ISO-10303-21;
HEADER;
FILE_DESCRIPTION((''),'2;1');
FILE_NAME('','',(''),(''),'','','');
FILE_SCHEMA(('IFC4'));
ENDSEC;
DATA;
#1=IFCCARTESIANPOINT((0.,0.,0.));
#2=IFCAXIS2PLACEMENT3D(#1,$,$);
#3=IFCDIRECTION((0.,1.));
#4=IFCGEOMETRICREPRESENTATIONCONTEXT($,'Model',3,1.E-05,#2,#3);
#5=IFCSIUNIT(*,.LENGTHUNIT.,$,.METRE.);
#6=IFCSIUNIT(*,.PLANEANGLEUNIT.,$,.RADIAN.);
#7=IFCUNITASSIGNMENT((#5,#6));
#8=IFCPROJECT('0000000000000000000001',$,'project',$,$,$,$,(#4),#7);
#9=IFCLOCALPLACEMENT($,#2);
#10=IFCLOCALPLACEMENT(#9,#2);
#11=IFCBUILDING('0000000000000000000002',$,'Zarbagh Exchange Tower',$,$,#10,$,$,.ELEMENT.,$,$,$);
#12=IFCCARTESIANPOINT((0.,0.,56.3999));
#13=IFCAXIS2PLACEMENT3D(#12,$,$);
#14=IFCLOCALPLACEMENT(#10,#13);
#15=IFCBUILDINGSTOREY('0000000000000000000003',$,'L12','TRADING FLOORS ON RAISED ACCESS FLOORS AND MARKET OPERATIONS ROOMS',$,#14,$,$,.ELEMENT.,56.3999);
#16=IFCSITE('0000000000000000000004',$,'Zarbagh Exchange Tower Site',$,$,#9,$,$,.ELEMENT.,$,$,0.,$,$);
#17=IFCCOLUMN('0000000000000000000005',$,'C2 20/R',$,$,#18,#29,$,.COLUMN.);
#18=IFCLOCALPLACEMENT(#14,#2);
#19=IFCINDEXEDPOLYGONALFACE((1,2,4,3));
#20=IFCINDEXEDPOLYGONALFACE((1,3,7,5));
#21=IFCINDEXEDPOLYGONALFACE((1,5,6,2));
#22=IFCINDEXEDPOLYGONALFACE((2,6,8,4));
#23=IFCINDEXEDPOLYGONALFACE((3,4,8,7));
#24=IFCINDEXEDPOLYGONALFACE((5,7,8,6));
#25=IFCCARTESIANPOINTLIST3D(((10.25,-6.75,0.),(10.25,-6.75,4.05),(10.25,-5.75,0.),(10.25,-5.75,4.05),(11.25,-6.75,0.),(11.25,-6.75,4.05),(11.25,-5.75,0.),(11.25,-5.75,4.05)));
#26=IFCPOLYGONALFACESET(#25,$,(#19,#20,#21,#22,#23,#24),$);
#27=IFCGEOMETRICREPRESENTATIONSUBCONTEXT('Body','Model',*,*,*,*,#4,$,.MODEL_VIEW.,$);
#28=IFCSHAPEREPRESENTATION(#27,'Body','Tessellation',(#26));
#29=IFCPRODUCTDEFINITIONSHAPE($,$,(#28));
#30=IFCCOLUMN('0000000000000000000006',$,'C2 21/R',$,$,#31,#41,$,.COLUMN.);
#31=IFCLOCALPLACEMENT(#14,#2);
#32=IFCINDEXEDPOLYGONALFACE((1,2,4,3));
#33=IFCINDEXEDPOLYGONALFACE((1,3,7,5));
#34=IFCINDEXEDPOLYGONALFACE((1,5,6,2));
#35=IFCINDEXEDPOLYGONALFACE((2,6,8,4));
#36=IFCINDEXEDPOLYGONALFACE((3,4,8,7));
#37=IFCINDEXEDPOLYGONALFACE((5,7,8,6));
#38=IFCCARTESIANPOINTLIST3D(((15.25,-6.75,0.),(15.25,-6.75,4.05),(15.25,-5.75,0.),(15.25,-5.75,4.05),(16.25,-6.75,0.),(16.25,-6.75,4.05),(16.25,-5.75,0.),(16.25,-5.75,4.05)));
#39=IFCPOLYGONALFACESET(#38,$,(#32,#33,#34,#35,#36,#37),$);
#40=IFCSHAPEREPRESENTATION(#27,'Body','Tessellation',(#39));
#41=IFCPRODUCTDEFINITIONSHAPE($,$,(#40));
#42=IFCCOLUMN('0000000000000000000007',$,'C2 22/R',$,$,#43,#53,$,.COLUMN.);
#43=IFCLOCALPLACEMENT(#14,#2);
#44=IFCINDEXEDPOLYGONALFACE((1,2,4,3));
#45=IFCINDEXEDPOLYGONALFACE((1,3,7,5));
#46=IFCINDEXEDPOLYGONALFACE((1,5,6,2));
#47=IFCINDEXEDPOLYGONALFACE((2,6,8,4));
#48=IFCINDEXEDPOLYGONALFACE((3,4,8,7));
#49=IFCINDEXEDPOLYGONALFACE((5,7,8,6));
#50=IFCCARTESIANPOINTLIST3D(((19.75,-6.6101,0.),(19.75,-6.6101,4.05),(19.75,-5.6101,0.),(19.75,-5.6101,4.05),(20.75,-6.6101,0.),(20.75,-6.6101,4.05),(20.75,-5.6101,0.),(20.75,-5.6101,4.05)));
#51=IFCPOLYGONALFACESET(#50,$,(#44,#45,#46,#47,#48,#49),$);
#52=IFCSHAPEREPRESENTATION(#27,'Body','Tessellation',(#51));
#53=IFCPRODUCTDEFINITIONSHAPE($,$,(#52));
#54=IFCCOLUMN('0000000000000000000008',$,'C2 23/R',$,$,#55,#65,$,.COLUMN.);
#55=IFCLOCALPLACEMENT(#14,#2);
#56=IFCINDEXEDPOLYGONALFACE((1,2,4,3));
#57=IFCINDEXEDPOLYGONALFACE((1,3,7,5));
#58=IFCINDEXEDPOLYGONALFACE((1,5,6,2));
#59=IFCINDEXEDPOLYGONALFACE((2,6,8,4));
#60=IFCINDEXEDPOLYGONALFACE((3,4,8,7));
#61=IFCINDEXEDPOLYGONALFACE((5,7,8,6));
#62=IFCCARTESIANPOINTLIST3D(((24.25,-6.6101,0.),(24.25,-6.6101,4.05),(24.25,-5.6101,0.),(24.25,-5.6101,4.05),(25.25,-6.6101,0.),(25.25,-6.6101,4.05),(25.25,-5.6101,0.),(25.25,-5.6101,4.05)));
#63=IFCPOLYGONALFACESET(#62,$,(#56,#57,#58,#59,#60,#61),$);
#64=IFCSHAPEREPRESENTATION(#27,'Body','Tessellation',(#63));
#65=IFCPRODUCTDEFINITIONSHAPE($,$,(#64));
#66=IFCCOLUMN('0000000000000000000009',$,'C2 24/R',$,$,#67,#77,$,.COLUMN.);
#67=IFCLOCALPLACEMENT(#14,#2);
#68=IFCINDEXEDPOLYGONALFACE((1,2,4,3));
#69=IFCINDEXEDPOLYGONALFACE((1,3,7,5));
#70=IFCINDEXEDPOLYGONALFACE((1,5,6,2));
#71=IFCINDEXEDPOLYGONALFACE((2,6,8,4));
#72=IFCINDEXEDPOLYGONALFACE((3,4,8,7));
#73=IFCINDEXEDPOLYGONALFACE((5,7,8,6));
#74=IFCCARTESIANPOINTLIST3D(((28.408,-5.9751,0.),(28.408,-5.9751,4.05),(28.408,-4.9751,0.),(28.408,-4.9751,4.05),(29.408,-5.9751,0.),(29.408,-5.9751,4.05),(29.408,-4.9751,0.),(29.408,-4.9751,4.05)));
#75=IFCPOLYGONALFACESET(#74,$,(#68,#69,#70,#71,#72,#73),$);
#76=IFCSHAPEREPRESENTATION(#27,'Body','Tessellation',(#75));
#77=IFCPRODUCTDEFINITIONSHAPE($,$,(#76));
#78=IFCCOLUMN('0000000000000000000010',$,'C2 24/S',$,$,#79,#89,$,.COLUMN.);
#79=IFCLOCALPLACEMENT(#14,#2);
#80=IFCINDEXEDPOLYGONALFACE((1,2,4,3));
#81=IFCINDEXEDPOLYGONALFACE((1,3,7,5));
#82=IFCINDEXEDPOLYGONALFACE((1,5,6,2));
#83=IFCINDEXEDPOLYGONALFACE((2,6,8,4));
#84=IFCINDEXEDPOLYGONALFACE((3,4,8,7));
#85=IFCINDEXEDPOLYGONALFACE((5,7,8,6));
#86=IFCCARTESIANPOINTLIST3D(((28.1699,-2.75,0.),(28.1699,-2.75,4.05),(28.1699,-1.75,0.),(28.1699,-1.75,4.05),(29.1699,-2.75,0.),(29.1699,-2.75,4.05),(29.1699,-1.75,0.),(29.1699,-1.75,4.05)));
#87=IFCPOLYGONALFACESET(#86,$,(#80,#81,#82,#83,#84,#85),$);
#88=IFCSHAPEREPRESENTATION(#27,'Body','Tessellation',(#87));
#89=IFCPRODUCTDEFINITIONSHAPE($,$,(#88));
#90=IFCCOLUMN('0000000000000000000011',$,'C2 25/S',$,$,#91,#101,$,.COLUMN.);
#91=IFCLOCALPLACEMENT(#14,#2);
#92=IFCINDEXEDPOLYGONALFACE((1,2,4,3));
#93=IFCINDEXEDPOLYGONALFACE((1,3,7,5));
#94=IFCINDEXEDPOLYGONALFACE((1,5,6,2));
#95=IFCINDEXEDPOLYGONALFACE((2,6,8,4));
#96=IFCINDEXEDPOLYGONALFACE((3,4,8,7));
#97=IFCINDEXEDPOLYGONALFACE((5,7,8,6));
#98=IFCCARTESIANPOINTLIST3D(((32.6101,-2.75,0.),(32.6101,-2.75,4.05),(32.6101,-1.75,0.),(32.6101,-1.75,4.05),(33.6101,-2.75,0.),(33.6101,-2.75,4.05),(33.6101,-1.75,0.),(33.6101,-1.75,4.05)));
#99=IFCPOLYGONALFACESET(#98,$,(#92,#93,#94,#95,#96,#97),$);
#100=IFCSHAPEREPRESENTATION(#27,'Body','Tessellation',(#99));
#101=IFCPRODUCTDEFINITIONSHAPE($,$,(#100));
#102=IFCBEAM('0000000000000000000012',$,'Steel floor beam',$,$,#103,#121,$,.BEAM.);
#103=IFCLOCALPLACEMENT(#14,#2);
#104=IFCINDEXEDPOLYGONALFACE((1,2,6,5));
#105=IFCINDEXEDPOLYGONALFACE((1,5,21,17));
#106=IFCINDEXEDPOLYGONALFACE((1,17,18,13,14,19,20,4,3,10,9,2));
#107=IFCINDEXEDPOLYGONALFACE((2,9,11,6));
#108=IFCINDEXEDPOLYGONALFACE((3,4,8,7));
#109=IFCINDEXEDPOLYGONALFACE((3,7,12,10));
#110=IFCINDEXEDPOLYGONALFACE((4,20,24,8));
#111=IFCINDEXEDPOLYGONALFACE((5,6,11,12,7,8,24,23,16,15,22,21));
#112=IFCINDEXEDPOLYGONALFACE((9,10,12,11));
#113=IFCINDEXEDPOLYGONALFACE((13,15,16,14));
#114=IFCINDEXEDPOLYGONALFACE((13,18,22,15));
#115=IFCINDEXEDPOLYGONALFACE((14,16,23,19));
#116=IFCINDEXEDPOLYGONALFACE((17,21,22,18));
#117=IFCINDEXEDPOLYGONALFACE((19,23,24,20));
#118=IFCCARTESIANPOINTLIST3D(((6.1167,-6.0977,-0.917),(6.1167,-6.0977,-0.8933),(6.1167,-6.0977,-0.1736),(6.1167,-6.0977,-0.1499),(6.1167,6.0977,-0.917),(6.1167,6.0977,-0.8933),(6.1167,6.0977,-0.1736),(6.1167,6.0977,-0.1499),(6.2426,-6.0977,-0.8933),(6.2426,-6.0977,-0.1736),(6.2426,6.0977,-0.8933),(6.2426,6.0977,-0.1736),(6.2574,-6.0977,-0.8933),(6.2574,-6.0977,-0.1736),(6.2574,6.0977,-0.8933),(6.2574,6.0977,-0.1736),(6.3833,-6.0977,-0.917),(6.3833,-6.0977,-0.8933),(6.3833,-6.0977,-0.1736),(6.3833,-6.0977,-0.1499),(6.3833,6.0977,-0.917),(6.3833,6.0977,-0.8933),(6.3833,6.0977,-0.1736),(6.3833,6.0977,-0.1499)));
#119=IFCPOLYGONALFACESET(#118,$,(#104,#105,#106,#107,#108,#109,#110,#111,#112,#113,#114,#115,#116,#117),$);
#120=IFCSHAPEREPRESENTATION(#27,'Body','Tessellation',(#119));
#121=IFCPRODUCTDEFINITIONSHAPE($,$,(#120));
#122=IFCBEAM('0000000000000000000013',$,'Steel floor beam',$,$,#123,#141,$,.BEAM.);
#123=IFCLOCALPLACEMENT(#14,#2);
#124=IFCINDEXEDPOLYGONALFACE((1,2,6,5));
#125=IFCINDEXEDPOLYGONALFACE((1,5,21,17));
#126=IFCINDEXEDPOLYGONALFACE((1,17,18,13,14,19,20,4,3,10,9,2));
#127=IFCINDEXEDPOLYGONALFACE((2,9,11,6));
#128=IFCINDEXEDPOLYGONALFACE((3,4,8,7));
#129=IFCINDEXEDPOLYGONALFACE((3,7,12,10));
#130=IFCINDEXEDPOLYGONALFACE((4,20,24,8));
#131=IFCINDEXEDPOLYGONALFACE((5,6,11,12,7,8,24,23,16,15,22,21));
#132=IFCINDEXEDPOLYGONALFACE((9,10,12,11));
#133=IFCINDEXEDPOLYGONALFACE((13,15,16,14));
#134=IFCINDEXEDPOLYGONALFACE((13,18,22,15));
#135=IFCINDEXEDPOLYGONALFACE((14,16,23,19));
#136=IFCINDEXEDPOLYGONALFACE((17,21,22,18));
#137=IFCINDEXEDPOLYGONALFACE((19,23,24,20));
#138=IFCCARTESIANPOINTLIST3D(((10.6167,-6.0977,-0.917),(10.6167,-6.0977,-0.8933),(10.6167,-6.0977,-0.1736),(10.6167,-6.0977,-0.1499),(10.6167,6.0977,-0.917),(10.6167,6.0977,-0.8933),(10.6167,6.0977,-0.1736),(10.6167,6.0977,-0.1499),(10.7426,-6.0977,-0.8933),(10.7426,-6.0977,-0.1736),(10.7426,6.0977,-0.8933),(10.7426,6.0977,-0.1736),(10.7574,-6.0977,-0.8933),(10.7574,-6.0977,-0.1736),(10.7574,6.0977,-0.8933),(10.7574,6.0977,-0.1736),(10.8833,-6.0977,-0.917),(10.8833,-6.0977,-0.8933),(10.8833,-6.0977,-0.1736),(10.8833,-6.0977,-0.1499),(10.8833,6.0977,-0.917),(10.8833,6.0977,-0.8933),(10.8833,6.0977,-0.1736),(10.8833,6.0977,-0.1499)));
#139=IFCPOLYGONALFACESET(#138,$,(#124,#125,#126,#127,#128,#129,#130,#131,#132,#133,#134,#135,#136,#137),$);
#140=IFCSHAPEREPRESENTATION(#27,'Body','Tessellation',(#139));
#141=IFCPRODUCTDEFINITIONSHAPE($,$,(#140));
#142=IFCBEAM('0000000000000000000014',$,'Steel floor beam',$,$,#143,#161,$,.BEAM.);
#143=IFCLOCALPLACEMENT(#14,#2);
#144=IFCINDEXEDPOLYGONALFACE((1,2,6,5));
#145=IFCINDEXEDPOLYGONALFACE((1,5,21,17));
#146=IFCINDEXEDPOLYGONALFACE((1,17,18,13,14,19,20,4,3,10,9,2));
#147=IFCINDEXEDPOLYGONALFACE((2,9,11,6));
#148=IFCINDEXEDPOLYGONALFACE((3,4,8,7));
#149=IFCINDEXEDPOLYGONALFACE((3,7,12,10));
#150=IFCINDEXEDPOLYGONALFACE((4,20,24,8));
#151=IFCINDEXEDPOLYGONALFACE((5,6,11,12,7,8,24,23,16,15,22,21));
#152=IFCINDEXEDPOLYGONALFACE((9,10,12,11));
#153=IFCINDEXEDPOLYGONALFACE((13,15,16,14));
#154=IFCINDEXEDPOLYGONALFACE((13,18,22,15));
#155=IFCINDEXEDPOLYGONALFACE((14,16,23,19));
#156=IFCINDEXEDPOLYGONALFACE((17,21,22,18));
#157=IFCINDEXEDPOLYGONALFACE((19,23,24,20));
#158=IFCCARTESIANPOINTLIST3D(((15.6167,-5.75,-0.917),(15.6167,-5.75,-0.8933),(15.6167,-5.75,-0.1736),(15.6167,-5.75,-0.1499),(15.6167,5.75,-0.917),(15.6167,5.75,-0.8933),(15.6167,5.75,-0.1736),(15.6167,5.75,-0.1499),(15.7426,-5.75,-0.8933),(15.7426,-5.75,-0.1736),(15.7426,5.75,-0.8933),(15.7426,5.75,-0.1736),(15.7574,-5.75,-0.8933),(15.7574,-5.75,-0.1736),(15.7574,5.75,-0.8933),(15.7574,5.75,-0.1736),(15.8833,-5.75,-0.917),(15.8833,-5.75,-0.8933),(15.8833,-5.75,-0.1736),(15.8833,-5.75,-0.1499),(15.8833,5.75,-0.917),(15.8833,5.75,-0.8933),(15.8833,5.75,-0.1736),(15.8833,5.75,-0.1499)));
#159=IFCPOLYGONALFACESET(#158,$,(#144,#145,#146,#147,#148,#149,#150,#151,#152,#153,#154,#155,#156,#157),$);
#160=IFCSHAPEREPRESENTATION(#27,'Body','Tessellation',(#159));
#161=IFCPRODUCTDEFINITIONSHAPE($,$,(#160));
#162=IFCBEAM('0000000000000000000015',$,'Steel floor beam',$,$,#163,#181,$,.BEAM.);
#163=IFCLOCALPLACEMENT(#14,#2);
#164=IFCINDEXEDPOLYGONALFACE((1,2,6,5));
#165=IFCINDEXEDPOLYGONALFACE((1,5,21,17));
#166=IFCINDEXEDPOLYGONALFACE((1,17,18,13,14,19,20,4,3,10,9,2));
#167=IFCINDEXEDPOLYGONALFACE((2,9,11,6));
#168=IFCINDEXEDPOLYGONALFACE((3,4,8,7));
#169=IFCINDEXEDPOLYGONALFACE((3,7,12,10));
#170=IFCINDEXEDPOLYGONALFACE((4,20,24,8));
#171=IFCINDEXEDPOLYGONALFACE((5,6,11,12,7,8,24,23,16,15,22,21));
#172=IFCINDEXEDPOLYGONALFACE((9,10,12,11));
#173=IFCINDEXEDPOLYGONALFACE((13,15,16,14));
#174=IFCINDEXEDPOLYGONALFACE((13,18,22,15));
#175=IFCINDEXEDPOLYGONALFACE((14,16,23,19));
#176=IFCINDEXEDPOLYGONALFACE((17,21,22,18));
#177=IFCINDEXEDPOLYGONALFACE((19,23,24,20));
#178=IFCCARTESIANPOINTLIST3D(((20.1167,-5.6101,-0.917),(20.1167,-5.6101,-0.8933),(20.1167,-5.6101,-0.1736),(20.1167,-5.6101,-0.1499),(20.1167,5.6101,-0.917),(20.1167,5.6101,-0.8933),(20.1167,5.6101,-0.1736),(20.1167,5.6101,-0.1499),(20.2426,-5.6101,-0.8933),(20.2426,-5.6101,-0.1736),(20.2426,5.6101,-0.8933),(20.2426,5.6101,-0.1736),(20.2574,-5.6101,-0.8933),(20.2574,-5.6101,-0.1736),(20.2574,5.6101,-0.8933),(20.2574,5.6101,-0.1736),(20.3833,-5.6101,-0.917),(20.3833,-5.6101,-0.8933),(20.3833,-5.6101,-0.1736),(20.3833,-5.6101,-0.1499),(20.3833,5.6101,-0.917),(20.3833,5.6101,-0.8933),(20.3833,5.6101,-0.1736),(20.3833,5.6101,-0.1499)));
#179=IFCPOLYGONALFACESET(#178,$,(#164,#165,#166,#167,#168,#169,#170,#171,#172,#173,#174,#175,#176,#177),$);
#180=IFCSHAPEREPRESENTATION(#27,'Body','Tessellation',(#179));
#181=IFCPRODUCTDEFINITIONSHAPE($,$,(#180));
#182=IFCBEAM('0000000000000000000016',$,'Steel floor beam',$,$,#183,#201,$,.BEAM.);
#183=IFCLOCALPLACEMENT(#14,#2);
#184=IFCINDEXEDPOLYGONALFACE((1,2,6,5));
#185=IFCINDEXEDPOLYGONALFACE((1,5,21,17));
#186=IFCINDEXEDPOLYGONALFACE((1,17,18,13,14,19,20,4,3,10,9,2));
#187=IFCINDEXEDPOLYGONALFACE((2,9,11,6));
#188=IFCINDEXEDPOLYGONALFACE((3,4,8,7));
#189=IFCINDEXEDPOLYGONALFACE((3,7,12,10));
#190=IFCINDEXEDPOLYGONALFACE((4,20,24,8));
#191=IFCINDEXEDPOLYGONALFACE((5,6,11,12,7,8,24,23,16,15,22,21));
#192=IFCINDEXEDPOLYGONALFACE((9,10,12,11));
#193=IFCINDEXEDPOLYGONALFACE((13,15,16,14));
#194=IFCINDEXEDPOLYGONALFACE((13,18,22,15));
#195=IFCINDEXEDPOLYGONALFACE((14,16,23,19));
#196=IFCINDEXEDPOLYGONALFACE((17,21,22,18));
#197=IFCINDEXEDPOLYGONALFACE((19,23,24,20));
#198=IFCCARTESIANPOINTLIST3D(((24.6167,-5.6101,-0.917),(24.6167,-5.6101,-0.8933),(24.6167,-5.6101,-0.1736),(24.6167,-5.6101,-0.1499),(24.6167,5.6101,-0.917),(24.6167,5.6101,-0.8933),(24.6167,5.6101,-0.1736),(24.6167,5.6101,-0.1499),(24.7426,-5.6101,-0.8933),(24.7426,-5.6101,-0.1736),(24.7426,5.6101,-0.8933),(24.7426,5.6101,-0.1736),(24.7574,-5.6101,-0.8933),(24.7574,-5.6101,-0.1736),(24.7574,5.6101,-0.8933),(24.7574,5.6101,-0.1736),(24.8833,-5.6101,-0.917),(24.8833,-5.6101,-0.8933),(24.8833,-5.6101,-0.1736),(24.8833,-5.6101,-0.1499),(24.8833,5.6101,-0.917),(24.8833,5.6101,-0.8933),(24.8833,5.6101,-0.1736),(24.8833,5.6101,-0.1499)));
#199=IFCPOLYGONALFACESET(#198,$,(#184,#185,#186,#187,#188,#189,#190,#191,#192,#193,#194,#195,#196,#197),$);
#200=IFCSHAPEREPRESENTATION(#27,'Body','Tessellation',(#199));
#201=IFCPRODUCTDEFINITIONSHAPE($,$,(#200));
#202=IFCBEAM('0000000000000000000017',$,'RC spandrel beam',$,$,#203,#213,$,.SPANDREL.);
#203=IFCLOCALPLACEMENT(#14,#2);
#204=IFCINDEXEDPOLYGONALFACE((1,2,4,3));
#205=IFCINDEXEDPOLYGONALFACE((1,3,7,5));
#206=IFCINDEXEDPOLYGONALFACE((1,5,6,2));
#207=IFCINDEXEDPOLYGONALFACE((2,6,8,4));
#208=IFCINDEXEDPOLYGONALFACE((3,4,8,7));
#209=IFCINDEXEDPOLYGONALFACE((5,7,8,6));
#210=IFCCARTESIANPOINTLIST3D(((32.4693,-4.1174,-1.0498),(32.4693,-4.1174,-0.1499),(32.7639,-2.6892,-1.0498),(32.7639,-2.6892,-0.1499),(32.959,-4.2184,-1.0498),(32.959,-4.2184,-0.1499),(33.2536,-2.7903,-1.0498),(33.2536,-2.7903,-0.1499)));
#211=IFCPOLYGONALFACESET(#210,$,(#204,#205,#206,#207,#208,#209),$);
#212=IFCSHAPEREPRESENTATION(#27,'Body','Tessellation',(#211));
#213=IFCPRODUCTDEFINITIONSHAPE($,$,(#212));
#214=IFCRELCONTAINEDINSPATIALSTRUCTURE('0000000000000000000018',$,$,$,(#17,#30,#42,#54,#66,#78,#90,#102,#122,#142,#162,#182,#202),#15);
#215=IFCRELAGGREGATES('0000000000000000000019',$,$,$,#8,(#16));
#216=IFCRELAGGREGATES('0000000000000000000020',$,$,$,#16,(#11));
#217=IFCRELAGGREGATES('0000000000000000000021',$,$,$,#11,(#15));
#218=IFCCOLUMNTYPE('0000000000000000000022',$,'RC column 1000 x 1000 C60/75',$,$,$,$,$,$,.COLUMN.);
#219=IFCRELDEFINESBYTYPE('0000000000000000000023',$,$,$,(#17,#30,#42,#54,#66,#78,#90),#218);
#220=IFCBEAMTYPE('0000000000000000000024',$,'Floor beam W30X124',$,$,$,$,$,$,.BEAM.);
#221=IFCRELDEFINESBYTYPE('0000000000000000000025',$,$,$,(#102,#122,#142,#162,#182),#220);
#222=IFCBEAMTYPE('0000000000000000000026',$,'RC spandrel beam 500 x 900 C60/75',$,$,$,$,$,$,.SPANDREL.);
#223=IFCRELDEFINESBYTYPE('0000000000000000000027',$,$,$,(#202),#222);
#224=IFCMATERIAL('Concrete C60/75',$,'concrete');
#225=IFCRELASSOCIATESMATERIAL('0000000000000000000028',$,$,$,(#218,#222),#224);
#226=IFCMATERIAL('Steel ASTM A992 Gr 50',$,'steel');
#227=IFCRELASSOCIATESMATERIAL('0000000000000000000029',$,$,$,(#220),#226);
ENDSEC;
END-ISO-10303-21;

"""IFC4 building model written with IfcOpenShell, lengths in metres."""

from ifc_helpers import new_model, si_unit, direction, frame, origin, origin_2d, place, context, subcontext, project, spatial, rectangle, i_section, extrude, material, material_profile, profile_set, type_object, element, save


model = new_model("IFC4")

# Units and contexts
model_context = context("Model", 3, precision=1e-05, world=origin(), true_north=direction((0.0, 1.0)))
body_context = subcontext(model_context, "Body", "Model", "MODEL_VIEW")
ifc_project = project(units=[si_unit("LENGTHUNIT", "METRE"), si_unit("PLANEANGLEUNIT", "RADIAN")], contexts=[model_context])

# Site, building, storey
site_placement = place(None, origin())
site = spatial("IfcSite", under=ifc_project, at=site_placement, Name="Zarbagh Exchange Tower Site", CompositionType="ELEMENT", RefElevation=0.0)
building_placement = place(site_placement, origin())
building = spatial("IfcBuilding", under=site, at=building_placement, Name="Zarbagh Exchange Tower", CompositionType="ELEMENT")
storey_placement = place(building_placement, frame((0.0, 0.0, 56.3999)))
storey = spatial("IfcBuildingStorey", under=building, at=storey_placement, Name="L12", Description="TRADING FLOORS ON RAISED ACCESS FLOORS AND MARKET OPERATIONS ROOMS", CompositionType="ELEMENT", Elevation=56.3999)

# Columns
ifc_material_1 = material(Name="Concrete C60/75", Category="concrete")
ifc_material_profile_1 = material_profile(ifc_material_1, rectangle(XDim=1.0, YDim=1.0, at=origin_2d()), Name="RC column 1000 x 1000 C60/75")
ifc_profile_set_1 = profile_set([ifc_material_profile_1], Name="Concrete C60/75")
column_type = type_object("IfcColumnType", Name="RC column 1000 x 1000 C60/75", PredefinedType="COLUMN", material=ifc_profile_set_1)
for number, where, z_axis, x_axis, name in (
    (1, (10.75, -6.25, 0.0), (0.0, 0.0, 1.0), (1.0, 0.0, 0.0), "C2 20/R"),
    (2, (15.75, -6.25, 0.0), (0.0, 0.0, 1.0), (1.0, 0.0, 0.0), "C2 21/R"),
    (3, (20.25, -6.1101, 0.0), (0.0, 0.0, 1.0), (1.0, 0.0, 0.0), "C2 22/R"),
    (4, (24.75, -6.1101, 0.0), (0.0, 0.0, 1.0), (1.0, 0.0, 0.0), "C2 23/R"),
    (5, (28.908, -5.4751, 0.0), (0.0, 0.0, 1.0), (1.0, 0.0, 0.0), "C2 24/R"),
    (6, (28.6699, -2.25, 0.0), (0.0, 0.0, 1.0), (1.0, 0.0, 0.0), "C2 24/S"),
    (7, (33.1101, -2.25, 0.0), (0.0, 0.0, 1.0), (1.0, 0.0, 0.0), "C2 25/S"),
):
    element("IfcColumn", number, at=place(storey_placement, frame(where, z_axis=z_axis, x_axis=x_axis)), inside=storey, type_object=column_type, Name=name, PredefinedType="COLUMN", context=body_context, shape_type="SweptSolid", body=[
        extrude(rectangle(XDim=1.0, YDim=1.0, at=origin_2d()), origin(), (0.0, 0.0, 1.0), 4.05),
    ])

# Beams
ifc_material_2 = material(Name="Steel ASTM A992 Gr 50", Category="steel")
ifc_material_profile_2 = material_profile(ifc_material_2, i_section(OverallWidth=0.2666, OverallDepth=0.7671, WebThickness=0.0149, FlangeThickness=0.0237, at=origin_2d()), Name="W30X124")
ifc_profile_set_2 = profile_set([ifc_material_profile_2], Name="Steel ASTM A992 Gr 50")
beam_type_1 = type_object("IfcBeamType", Name="Floor beam W30X124", PredefinedType="BEAM", material=ifc_profile_set_2)
for number, where, z_axis, x_axis, name in (
    (8, (6.25, -6.0977, -0.5334), (0.0, 1.0, 0.0), (-1.0, 0.0, 0.0), "Steel floor beam"),
    (9, (10.75, -6.0977, -0.5334), (0.0, 1.0, 0.0), (-1.0, 0.0, 0.0), "Steel floor beam"),
):
    element("IfcBeam", number, at=place(storey_placement, frame(where, z_axis=z_axis, x_axis=x_axis)), inside=storey, type_object=beam_type_1, Name=name, PredefinedType="BEAM", context=body_context, shape_type="SweptSolid", body=[
        extrude(i_section(OverallWidth=0.2666, OverallDepth=0.7671, WebThickness=0.0149, FlangeThickness=0.0237, at=origin_2d()), origin(), (0.0, 0.0, 1.0), 12.1953),
    ])
beam_1_placement = place(storey_placement, frame((15.75, -5.75, -0.5334), z_axis=(0.0, 1.0, 0.0), x_axis=(-1.0, 0.0, 0.0)))
element("IfcBeam", 10, at=beam_1_placement, inside=storey, type_object=beam_type_1, Name="Steel floor beam", PredefinedType="BEAM", context=body_context, shape_type="SweptSolid", body=[
    extrude(i_section(OverallWidth=0.2666, OverallDepth=0.7671, WebThickness=0.0149, FlangeThickness=0.0237, at=origin_2d()), origin(), (0.0, 0.0, 1.0), 11.5),
])
for number, where, z_axis, x_axis, name in (
    (11, (20.25, -5.6101, -0.5334), (0.0, 1.0, 0.0), (-1.0, 0.0, 0.0), "Steel floor beam"),
    (12, (24.75, -5.6101, -0.5334), (0.0, 1.0, 0.0), (-1.0, 0.0, 0.0), "Steel floor beam"),
):
    element("IfcBeam", number, at=place(storey_placement, frame(where, z_axis=z_axis, x_axis=x_axis)), inside=storey, type_object=beam_type_1, Name=name, PredefinedType="BEAM", context=body_context, shape_type="SweptSolid", body=[
        extrude(i_section(OverallWidth=0.2666, OverallDepth=0.7671, WebThickness=0.0149, FlangeThickness=0.0237, at=origin_2d()), origin(), (0.0, 0.0, 1.0), 11.2202),
    ])
ifc_material_profile_3 = material_profile(ifc_material_1, rectangle(XDim=0.5, YDim=0.8999, at=origin_2d()), Name="RC spandrel beam 500 x 900 C60/75")
ifc_profile_set_3 = profile_set([ifc_material_profile_3], Name="Concrete C60/75")
beam_type_2 = type_object("IfcBeamType", Name="RC spandrel beam 500 x 900 C60/75", PredefinedType="SPANDREL", material=ifc_profile_set_3)
beam_2_placement = place(storey_placement, frame((33.0088, -2.7397, -0.5999), z_axis=(-0.202069, -0.979371, 0.0), x_axis=(0.979371, -0.202069, 0.0)))
element("IfcBeam", 13, at=beam_2_placement, inside=storey, type_object=beam_type_2, Name="RC spandrel beam", PredefinedType="SPANDREL", context=body_context, shape_type="SweptSolid", body=[
    extrude(rectangle(XDim=0.5, YDim=0.8999, at=origin_2d()), origin(), (0.0, 0.0, 1.0), 1.4583),
])

save(model, "model.ifc")
